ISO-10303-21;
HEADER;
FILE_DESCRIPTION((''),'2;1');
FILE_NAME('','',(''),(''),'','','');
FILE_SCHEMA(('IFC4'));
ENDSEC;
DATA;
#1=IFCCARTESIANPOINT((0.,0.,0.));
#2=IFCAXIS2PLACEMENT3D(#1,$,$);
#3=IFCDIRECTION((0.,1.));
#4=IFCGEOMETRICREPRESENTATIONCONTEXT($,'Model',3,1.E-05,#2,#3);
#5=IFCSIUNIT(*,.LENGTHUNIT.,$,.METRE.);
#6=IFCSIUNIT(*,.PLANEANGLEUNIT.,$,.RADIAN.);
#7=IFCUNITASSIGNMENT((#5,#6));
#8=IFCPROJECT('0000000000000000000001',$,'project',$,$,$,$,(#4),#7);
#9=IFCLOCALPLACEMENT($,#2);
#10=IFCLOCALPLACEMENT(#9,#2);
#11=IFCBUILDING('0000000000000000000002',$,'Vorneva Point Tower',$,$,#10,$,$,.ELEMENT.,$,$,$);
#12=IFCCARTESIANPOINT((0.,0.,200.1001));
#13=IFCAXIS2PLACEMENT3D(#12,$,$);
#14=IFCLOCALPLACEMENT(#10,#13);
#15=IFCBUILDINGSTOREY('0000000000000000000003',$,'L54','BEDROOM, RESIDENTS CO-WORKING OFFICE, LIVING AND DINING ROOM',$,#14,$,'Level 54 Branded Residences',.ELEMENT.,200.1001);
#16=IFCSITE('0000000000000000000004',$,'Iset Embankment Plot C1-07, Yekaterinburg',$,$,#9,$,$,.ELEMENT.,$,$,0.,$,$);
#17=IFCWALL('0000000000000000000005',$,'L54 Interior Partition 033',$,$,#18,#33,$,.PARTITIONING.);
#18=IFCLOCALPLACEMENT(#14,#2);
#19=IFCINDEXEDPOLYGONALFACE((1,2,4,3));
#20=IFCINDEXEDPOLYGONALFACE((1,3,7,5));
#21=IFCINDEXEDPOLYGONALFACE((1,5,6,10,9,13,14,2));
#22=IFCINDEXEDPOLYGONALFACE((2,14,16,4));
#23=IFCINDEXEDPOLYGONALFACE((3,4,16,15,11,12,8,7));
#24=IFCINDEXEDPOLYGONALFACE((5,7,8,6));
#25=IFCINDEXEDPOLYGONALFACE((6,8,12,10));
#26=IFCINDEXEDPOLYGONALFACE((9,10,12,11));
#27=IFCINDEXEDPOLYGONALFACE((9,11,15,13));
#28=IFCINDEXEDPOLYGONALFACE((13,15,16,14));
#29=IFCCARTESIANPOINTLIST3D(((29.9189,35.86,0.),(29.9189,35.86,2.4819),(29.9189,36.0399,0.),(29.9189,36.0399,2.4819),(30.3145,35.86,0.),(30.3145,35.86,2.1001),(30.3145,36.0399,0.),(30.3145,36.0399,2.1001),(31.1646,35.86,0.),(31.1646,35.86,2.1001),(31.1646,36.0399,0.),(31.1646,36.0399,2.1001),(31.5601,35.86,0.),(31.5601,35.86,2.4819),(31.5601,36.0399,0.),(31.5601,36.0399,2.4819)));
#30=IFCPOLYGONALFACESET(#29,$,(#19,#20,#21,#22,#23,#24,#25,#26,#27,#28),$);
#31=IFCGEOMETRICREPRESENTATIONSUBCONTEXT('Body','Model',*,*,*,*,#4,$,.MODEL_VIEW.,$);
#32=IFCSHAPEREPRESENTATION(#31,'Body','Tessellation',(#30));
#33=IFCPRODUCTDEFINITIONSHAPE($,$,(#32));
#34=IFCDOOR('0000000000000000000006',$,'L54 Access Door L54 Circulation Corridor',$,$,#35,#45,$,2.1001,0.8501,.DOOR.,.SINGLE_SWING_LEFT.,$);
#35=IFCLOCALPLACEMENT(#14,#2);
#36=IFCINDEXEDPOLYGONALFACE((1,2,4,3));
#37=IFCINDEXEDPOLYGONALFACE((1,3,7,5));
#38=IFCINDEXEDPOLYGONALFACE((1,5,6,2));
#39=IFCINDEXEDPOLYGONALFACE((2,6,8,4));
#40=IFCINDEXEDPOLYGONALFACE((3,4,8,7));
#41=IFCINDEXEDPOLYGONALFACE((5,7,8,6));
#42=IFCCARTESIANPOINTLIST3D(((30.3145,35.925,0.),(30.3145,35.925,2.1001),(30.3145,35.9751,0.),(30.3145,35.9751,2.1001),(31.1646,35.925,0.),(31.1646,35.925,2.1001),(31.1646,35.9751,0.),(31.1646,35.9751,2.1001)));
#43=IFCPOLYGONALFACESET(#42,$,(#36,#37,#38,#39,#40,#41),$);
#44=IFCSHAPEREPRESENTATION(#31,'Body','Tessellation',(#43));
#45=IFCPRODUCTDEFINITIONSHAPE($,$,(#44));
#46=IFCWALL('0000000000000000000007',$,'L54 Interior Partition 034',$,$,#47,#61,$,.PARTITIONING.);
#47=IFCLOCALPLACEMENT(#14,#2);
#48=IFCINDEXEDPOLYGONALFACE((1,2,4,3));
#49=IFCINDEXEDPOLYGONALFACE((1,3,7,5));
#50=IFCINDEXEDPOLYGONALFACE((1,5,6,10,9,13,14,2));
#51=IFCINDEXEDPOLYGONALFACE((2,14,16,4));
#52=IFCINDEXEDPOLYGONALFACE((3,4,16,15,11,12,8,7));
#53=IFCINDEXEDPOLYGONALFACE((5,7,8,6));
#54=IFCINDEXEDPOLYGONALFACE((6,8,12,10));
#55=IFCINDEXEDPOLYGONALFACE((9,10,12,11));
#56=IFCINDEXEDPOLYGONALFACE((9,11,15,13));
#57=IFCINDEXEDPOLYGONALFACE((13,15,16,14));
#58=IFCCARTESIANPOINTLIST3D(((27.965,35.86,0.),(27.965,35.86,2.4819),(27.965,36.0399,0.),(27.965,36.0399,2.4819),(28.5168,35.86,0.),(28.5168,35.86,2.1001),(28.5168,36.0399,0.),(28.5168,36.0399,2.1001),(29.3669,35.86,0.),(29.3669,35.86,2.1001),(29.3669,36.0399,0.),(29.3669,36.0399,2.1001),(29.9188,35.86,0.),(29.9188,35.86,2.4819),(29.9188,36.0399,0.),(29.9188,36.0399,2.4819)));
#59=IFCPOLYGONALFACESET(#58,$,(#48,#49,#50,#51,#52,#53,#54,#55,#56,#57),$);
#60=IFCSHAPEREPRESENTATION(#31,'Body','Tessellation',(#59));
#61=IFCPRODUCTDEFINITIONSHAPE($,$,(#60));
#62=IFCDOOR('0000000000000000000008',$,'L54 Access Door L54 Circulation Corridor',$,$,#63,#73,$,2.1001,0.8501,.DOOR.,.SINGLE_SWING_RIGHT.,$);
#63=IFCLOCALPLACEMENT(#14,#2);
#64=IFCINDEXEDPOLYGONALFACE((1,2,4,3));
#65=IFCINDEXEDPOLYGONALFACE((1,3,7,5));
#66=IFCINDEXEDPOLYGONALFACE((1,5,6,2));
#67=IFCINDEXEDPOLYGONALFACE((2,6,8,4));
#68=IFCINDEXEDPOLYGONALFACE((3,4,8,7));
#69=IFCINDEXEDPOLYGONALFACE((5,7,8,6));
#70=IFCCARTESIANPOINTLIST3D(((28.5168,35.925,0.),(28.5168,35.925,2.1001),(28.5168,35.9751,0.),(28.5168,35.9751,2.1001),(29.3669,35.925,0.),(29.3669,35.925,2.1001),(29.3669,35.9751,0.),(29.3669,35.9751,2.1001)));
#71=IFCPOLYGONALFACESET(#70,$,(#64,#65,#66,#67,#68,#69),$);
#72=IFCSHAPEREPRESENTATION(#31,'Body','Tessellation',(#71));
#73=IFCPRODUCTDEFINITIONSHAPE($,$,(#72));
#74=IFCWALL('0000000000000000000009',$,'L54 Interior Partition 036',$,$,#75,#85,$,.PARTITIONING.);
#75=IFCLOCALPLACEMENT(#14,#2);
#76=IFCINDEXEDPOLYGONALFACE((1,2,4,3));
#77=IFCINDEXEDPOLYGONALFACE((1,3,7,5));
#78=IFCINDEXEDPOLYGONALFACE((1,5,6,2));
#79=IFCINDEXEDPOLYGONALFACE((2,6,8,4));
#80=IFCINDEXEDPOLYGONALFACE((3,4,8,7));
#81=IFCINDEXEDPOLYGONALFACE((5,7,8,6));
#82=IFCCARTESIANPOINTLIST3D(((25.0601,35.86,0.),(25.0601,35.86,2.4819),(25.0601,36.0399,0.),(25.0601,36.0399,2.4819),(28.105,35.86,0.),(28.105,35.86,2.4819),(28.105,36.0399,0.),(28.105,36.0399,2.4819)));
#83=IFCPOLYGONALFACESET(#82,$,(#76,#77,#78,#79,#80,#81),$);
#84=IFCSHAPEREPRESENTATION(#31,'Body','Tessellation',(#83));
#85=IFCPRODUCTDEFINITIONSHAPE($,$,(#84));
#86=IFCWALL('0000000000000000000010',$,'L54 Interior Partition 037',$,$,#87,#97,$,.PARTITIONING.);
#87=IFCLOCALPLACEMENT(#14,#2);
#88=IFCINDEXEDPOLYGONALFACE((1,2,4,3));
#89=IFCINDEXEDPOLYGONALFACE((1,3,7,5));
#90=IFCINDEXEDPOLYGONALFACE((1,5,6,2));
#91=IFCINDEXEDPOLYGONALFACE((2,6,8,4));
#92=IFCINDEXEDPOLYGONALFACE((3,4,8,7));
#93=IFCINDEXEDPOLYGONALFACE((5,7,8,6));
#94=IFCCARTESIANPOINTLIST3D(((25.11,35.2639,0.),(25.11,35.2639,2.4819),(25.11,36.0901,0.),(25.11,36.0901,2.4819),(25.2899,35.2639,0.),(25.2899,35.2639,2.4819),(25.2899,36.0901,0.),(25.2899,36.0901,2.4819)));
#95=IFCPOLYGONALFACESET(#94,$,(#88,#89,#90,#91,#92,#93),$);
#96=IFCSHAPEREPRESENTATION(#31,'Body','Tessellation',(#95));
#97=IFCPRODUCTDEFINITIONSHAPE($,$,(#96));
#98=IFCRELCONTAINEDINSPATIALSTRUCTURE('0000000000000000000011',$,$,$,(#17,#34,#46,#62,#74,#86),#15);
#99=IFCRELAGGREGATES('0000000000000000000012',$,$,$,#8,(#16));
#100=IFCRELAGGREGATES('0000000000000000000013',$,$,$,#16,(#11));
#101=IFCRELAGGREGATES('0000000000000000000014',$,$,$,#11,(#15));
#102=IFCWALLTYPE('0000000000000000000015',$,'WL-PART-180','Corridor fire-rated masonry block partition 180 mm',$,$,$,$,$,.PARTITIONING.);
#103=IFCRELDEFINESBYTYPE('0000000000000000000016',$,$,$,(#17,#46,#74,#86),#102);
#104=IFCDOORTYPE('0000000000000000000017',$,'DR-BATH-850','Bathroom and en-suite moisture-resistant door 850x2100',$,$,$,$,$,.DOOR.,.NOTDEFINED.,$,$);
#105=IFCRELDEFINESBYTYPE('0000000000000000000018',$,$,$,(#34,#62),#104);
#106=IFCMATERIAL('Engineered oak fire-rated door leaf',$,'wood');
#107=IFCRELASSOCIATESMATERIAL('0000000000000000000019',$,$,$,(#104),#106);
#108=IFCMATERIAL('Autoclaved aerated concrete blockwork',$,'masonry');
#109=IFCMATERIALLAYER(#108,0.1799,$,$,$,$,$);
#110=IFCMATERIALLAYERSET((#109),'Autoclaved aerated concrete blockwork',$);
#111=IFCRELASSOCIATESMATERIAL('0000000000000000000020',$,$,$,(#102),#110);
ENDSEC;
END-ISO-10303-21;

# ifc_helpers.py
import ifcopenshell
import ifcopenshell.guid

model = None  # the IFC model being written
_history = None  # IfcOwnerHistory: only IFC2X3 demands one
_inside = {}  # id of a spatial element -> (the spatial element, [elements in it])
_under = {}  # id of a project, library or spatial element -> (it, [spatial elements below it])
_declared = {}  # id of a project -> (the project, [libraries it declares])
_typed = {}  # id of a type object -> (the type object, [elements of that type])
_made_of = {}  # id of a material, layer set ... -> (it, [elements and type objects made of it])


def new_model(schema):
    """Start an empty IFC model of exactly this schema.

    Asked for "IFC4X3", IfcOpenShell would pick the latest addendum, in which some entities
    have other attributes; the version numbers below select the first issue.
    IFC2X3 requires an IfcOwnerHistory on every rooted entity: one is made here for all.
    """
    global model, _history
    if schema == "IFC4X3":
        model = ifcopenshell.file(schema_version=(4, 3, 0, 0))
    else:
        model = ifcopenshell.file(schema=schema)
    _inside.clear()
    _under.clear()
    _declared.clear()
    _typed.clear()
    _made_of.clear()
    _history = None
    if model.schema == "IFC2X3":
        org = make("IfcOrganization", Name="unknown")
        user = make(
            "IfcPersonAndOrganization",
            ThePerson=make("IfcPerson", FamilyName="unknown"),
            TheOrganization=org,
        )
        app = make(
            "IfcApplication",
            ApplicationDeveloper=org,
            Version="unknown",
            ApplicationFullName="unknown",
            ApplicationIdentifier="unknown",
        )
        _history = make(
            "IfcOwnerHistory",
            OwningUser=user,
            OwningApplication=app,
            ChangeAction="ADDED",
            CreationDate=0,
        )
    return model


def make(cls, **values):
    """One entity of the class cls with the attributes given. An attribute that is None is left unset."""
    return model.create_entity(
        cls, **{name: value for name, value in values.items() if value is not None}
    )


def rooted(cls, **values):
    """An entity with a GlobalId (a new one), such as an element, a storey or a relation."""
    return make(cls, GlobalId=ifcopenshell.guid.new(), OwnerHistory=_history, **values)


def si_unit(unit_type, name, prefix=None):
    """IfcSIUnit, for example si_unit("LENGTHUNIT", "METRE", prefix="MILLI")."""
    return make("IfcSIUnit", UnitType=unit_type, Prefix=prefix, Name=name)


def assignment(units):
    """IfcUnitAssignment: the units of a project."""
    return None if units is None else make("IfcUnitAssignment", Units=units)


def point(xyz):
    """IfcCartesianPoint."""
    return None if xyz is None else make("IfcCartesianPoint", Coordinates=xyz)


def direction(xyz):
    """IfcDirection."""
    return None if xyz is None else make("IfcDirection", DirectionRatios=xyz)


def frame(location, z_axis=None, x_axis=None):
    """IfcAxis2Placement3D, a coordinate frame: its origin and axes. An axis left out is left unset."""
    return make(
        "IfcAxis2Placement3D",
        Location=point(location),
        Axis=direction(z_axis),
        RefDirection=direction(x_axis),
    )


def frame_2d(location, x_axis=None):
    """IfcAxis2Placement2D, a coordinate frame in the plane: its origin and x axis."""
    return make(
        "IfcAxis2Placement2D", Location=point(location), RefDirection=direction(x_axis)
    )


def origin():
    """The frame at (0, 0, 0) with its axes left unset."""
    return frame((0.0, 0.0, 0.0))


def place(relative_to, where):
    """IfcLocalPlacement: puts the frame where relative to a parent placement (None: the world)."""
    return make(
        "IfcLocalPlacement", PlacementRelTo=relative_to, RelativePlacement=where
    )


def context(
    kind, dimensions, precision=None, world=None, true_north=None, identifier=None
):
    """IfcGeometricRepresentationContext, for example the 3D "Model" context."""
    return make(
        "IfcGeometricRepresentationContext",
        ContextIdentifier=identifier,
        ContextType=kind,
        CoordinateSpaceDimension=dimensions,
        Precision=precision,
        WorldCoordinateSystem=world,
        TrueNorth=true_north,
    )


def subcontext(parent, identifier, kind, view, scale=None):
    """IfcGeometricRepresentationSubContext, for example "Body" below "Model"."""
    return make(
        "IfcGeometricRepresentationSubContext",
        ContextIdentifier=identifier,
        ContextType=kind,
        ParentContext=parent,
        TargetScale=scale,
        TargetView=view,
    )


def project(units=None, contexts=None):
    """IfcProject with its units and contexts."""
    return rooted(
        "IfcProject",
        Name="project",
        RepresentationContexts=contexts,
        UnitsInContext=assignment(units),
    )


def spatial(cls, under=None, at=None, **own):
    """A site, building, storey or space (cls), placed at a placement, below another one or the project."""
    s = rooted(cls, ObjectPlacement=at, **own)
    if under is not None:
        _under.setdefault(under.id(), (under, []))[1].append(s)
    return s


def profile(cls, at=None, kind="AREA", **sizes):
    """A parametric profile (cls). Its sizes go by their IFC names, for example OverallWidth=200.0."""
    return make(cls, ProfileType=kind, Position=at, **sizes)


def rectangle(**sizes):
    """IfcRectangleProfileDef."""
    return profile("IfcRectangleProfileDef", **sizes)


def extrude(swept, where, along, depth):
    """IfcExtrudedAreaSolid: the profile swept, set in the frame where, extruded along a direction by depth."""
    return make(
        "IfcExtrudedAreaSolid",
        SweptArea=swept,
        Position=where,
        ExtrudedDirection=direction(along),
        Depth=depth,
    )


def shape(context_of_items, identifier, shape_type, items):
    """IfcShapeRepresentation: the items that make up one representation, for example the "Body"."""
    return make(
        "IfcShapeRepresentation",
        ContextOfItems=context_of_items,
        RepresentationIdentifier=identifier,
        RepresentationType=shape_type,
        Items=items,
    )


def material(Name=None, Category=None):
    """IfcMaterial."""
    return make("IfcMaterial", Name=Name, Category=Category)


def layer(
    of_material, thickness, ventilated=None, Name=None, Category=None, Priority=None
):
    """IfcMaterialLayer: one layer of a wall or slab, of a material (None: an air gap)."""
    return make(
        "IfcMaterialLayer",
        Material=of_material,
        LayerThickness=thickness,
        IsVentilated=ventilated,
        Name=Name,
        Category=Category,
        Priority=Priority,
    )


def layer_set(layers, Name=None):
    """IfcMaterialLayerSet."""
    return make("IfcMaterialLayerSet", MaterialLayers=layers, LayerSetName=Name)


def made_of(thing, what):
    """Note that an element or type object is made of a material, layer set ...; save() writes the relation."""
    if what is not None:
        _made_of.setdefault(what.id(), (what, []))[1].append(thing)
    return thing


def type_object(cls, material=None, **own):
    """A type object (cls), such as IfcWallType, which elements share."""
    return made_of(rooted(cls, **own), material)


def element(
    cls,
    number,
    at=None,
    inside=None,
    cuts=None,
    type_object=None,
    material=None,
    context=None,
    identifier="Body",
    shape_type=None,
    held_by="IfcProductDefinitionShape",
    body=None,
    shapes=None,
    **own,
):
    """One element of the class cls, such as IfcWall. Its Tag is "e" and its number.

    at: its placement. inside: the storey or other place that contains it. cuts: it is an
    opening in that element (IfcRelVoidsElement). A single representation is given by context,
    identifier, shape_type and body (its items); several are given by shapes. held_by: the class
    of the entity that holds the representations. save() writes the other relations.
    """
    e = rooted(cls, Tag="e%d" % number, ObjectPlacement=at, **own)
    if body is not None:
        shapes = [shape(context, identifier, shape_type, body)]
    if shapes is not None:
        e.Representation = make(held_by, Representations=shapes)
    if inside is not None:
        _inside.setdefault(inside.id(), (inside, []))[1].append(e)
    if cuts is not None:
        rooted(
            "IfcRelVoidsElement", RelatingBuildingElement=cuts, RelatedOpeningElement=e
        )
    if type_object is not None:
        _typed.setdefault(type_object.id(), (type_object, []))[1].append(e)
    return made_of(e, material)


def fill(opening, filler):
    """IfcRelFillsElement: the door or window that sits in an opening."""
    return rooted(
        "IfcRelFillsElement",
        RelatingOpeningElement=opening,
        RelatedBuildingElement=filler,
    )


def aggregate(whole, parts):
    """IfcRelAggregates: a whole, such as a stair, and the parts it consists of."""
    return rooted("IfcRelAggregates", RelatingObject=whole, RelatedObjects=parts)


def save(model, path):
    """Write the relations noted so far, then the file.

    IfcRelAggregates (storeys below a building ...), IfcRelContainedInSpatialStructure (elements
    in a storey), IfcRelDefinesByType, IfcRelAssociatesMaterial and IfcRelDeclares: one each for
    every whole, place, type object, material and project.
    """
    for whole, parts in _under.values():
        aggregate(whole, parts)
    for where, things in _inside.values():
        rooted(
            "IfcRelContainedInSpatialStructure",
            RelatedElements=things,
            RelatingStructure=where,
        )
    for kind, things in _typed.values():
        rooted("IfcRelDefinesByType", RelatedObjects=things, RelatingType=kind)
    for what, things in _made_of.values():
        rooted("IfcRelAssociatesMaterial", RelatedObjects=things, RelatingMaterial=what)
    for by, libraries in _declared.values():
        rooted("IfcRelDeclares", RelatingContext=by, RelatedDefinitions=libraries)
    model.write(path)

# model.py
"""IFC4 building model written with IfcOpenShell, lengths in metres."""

from ifc_helpers import new_model, si_unit, direction, frame, frame_2d, origin, place, context, subcontext, project, spatial, rectangle, extrude, material, layer, layer_set, type_object, element, fill, save


model = new_model("IFC4")

# Units and contexts
model_context = context("Model", 3, precision=1e-05, world=origin(), true_north=direction((0.0, 1.0)))
body_context = subcontext(model_context, "Body", "Model", "MODEL_VIEW")
ifc_project = project(units=[si_unit("LENGTHUNIT", "METRE"), si_unit("PLANEANGLEUNIT", "RADIAN")], contexts=[model_context])

# Site, building, storey
site_placement = place(None, origin())
site = spatial("IfcSite", under=ifc_project, at=site_placement, Name="Iset Embankment Plot C1-07, Yekaterinburg", CompositionType="ELEMENT", RefElevation=0.0)
building_placement = place(site_placement, origin())
building = spatial("IfcBuilding", under=site, at=building_placement, Name="Vorneva Point Tower", CompositionType="ELEMENT")
storey_placement = place(building_placement, frame((0.0, 0.0, 200.1001)))
storey = spatial("IfcBuildingStorey", under=building, at=storey_placement, Name="L54", Description="BEDROOM, RESIDENTS CO-WORKING OFFICE, LIVING AND DINING ROOM", LongName="Level 54 Branded Residences", CompositionType="ELEMENT", Elevation=200.1001)

# Shared definitions
ifc_material_1 = material(Name="Engineered oak fire-rated door leaf", Category="wood")
door_type_1 = type_object("IfcDoorType", Name="DR-BATH-850", Description="Bathroom and en-suite moisture-resistant door 850x2100", OperationType="NOTDEFINED", PredefinedType="DOOR", material=ifc_material_1)
ifc_material_2 = material(Name="Autoclaved aerated concrete blockwork", Category="masonry")
ifc_layer_1 = layer(ifc_material_2, 0.1799)
ifc_layer_set_1 = layer_set([ifc_layer_1], Name="Autoclaved aerated concrete blockwork")
wall_type_1 = type_object("IfcWallType", Name="WL-PART-180", Description="Corridor fire-rated masonry block partition 180 mm", PredefinedType="PARTITIONING", material=ifc_layer_set_1)

# Walls, openings, doors
wall_1_placement = place(storey_placement, frame((31.5601, 35.95, 0.0), z_axis=(0.0, 0.0, 1.0), x_axis=(-1.0, 0.0, 0.0)))
wall_1 = element("IfcWall", 1, at=wall_1_placement, inside=storey, type_object=wall_type_1, Name="L54 Interior Partition 033", PredefinedType="PARTITIONING", context=body_context, shape_type="SweptSolid", body=[
    extrude(rectangle(XDim=1.6411, YDim=0.1799, at=frame_2d((0.8206, 0.0))), origin(), (0.0, 0.0, 1.0), 2.4819),
])
opening_1_placement = place(wall_1_placement, frame((0.3955, 0.0, 0.0)))
opening_1 = element("IfcOpeningElement", 2, at=opening_1_placement, cuts=wall_1, PredefinedType="OPENING", context=body_context, shape_type="SweptSolid", body=[
    extrude(rectangle(XDim=0.8501, YDim=2.1001, at=frame_2d((0.425, 1.05))), frame((0.0, 0.105, 0.0), z_axis=(0.0, -1.0, 0.0), x_axis=(1.0, 0.0, 0.0)), (0.0, 0.0, 1.0), 0.2097),
])
door_1_placement = place(opening_1_placement, origin())
door_1 = element("IfcDoor", 3, at=door_1_placement, inside=storey, type_object=door_type_1, Name="L54 Access Door L54 Circulation Corridor", OperationType="SINGLE_SWING_LEFT", OverallHeight=2.1001, OverallWidth=0.8501, PredefinedType="DOOR", context=body_context, shape_type="SweptSolid", body=[
    extrude(rectangle(XDim=0.8501, YDim=2.1001, at=frame_2d((0.425, 1.05))), frame((0.0, 0.0249, 0.0), z_axis=(0.0, -1.0, 0.0), x_axis=(1.0, 0.0, 0.0)), (0.0, 0.0, 1.0), 0.05),
])
fill(opening_1, door_1)
wall_2_placement = place(storey_placement, frame((29.9189, 35.95, 0.0), z_axis=(0.0, 0.0, 1.0), x_axis=(-1.0, 0.0, 0.0)))
wall_2 = element("IfcWall", 4, at=wall_2_placement, inside=storey, type_object=wall_type_1, Name="L54 Interior Partition 034", PredefinedType="PARTITIONING", context=body_context, shape_type="SweptSolid", body=[
    extrude(rectangle(XDim=1.9539, YDim=0.1799, at=frame_2d((0.9771, 0.0))), origin(), (0.0, 0.0, 1.0), 2.4819),
])
opening_2_placement = place(wall_2_placement, frame((0.552, 0.0, 0.0)))
opening_2 = element("IfcOpeningElement", 5, at=opening_2_placement, cuts=wall_2, PredefinedType="OPENING", context=body_context, shape_type="SweptSolid", body=[
    extrude(rectangle(XDim=0.8501, YDim=2.1001, at=frame_2d((0.425, 1.05))), frame((0.0, 0.105, 0.0), z_axis=(0.0, -1.0, 0.0), x_axis=(1.0, 0.0, 0.0)), (0.0, 0.0, 1.0), 0.2097),
])
door_2_placement = place(opening_2_placement, origin())
door_2 = element("IfcDoor", 6, at=door_2_placement, inside=storey, type_object=door_type_1, Name="L54 Access Door L54 Circulation Corridor", OperationType="SINGLE_SWING_RIGHT", OverallHeight=2.1001, OverallWidth=0.8501, PredefinedType="DOOR", context=body_context, shape_type="SweptSolid", body=[
    extrude(rectangle(XDim=0.8501, YDim=2.1001, at=frame_2d((0.425, 1.05))), frame((0.0, 0.0249, 0.0), z_axis=(0.0, -1.0, 0.0), x_axis=(1.0, 0.0, 0.0)), (0.0, 0.0, 1.0), 0.05),
])
fill(opening_2, door_2)

# Walls
wall_3_placement = place(storey_placement, frame((28.105, 35.95, 0.0), z_axis=(0.0, 0.0, 1.0), x_axis=(-1.0, 0.0, 0.0)))
element("IfcWall", 7, at=wall_3_placement, inside=storey, type_object=wall_type_1, Name="L54 Interior Partition 036", PredefinedType="PARTITIONING", context=body_context, shape_type="SweptSolid", body=[
    extrude(rectangle(XDim=3.0449, YDim=0.1799, at=frame_2d((1.5225, 0.0))), origin(), (0.0, 0.0, 1.0), 2.4819),
])
wall_4_placement = place(storey_placement, frame((25.2, 36.0901, 0.0), z_axis=(0.0, 0.0, 1.0), x_axis=(0.0, -1.0, 0.0)))
element("IfcWall", 8, at=wall_4_placement, inside=storey, type_object=wall_type_1, Name="L54 Interior Partition 037", PredefinedType="PARTITIONING", context=body_context, shape_type="SweptSolid", body=[
    extrude(rectangle(XDim=0.8262, YDim=0.1799, at=frame_2d((0.4131, 0.0))), origin(), (0.0, 0.0, 1.0), 2.4819),
])

save(model, "model.ifc")
